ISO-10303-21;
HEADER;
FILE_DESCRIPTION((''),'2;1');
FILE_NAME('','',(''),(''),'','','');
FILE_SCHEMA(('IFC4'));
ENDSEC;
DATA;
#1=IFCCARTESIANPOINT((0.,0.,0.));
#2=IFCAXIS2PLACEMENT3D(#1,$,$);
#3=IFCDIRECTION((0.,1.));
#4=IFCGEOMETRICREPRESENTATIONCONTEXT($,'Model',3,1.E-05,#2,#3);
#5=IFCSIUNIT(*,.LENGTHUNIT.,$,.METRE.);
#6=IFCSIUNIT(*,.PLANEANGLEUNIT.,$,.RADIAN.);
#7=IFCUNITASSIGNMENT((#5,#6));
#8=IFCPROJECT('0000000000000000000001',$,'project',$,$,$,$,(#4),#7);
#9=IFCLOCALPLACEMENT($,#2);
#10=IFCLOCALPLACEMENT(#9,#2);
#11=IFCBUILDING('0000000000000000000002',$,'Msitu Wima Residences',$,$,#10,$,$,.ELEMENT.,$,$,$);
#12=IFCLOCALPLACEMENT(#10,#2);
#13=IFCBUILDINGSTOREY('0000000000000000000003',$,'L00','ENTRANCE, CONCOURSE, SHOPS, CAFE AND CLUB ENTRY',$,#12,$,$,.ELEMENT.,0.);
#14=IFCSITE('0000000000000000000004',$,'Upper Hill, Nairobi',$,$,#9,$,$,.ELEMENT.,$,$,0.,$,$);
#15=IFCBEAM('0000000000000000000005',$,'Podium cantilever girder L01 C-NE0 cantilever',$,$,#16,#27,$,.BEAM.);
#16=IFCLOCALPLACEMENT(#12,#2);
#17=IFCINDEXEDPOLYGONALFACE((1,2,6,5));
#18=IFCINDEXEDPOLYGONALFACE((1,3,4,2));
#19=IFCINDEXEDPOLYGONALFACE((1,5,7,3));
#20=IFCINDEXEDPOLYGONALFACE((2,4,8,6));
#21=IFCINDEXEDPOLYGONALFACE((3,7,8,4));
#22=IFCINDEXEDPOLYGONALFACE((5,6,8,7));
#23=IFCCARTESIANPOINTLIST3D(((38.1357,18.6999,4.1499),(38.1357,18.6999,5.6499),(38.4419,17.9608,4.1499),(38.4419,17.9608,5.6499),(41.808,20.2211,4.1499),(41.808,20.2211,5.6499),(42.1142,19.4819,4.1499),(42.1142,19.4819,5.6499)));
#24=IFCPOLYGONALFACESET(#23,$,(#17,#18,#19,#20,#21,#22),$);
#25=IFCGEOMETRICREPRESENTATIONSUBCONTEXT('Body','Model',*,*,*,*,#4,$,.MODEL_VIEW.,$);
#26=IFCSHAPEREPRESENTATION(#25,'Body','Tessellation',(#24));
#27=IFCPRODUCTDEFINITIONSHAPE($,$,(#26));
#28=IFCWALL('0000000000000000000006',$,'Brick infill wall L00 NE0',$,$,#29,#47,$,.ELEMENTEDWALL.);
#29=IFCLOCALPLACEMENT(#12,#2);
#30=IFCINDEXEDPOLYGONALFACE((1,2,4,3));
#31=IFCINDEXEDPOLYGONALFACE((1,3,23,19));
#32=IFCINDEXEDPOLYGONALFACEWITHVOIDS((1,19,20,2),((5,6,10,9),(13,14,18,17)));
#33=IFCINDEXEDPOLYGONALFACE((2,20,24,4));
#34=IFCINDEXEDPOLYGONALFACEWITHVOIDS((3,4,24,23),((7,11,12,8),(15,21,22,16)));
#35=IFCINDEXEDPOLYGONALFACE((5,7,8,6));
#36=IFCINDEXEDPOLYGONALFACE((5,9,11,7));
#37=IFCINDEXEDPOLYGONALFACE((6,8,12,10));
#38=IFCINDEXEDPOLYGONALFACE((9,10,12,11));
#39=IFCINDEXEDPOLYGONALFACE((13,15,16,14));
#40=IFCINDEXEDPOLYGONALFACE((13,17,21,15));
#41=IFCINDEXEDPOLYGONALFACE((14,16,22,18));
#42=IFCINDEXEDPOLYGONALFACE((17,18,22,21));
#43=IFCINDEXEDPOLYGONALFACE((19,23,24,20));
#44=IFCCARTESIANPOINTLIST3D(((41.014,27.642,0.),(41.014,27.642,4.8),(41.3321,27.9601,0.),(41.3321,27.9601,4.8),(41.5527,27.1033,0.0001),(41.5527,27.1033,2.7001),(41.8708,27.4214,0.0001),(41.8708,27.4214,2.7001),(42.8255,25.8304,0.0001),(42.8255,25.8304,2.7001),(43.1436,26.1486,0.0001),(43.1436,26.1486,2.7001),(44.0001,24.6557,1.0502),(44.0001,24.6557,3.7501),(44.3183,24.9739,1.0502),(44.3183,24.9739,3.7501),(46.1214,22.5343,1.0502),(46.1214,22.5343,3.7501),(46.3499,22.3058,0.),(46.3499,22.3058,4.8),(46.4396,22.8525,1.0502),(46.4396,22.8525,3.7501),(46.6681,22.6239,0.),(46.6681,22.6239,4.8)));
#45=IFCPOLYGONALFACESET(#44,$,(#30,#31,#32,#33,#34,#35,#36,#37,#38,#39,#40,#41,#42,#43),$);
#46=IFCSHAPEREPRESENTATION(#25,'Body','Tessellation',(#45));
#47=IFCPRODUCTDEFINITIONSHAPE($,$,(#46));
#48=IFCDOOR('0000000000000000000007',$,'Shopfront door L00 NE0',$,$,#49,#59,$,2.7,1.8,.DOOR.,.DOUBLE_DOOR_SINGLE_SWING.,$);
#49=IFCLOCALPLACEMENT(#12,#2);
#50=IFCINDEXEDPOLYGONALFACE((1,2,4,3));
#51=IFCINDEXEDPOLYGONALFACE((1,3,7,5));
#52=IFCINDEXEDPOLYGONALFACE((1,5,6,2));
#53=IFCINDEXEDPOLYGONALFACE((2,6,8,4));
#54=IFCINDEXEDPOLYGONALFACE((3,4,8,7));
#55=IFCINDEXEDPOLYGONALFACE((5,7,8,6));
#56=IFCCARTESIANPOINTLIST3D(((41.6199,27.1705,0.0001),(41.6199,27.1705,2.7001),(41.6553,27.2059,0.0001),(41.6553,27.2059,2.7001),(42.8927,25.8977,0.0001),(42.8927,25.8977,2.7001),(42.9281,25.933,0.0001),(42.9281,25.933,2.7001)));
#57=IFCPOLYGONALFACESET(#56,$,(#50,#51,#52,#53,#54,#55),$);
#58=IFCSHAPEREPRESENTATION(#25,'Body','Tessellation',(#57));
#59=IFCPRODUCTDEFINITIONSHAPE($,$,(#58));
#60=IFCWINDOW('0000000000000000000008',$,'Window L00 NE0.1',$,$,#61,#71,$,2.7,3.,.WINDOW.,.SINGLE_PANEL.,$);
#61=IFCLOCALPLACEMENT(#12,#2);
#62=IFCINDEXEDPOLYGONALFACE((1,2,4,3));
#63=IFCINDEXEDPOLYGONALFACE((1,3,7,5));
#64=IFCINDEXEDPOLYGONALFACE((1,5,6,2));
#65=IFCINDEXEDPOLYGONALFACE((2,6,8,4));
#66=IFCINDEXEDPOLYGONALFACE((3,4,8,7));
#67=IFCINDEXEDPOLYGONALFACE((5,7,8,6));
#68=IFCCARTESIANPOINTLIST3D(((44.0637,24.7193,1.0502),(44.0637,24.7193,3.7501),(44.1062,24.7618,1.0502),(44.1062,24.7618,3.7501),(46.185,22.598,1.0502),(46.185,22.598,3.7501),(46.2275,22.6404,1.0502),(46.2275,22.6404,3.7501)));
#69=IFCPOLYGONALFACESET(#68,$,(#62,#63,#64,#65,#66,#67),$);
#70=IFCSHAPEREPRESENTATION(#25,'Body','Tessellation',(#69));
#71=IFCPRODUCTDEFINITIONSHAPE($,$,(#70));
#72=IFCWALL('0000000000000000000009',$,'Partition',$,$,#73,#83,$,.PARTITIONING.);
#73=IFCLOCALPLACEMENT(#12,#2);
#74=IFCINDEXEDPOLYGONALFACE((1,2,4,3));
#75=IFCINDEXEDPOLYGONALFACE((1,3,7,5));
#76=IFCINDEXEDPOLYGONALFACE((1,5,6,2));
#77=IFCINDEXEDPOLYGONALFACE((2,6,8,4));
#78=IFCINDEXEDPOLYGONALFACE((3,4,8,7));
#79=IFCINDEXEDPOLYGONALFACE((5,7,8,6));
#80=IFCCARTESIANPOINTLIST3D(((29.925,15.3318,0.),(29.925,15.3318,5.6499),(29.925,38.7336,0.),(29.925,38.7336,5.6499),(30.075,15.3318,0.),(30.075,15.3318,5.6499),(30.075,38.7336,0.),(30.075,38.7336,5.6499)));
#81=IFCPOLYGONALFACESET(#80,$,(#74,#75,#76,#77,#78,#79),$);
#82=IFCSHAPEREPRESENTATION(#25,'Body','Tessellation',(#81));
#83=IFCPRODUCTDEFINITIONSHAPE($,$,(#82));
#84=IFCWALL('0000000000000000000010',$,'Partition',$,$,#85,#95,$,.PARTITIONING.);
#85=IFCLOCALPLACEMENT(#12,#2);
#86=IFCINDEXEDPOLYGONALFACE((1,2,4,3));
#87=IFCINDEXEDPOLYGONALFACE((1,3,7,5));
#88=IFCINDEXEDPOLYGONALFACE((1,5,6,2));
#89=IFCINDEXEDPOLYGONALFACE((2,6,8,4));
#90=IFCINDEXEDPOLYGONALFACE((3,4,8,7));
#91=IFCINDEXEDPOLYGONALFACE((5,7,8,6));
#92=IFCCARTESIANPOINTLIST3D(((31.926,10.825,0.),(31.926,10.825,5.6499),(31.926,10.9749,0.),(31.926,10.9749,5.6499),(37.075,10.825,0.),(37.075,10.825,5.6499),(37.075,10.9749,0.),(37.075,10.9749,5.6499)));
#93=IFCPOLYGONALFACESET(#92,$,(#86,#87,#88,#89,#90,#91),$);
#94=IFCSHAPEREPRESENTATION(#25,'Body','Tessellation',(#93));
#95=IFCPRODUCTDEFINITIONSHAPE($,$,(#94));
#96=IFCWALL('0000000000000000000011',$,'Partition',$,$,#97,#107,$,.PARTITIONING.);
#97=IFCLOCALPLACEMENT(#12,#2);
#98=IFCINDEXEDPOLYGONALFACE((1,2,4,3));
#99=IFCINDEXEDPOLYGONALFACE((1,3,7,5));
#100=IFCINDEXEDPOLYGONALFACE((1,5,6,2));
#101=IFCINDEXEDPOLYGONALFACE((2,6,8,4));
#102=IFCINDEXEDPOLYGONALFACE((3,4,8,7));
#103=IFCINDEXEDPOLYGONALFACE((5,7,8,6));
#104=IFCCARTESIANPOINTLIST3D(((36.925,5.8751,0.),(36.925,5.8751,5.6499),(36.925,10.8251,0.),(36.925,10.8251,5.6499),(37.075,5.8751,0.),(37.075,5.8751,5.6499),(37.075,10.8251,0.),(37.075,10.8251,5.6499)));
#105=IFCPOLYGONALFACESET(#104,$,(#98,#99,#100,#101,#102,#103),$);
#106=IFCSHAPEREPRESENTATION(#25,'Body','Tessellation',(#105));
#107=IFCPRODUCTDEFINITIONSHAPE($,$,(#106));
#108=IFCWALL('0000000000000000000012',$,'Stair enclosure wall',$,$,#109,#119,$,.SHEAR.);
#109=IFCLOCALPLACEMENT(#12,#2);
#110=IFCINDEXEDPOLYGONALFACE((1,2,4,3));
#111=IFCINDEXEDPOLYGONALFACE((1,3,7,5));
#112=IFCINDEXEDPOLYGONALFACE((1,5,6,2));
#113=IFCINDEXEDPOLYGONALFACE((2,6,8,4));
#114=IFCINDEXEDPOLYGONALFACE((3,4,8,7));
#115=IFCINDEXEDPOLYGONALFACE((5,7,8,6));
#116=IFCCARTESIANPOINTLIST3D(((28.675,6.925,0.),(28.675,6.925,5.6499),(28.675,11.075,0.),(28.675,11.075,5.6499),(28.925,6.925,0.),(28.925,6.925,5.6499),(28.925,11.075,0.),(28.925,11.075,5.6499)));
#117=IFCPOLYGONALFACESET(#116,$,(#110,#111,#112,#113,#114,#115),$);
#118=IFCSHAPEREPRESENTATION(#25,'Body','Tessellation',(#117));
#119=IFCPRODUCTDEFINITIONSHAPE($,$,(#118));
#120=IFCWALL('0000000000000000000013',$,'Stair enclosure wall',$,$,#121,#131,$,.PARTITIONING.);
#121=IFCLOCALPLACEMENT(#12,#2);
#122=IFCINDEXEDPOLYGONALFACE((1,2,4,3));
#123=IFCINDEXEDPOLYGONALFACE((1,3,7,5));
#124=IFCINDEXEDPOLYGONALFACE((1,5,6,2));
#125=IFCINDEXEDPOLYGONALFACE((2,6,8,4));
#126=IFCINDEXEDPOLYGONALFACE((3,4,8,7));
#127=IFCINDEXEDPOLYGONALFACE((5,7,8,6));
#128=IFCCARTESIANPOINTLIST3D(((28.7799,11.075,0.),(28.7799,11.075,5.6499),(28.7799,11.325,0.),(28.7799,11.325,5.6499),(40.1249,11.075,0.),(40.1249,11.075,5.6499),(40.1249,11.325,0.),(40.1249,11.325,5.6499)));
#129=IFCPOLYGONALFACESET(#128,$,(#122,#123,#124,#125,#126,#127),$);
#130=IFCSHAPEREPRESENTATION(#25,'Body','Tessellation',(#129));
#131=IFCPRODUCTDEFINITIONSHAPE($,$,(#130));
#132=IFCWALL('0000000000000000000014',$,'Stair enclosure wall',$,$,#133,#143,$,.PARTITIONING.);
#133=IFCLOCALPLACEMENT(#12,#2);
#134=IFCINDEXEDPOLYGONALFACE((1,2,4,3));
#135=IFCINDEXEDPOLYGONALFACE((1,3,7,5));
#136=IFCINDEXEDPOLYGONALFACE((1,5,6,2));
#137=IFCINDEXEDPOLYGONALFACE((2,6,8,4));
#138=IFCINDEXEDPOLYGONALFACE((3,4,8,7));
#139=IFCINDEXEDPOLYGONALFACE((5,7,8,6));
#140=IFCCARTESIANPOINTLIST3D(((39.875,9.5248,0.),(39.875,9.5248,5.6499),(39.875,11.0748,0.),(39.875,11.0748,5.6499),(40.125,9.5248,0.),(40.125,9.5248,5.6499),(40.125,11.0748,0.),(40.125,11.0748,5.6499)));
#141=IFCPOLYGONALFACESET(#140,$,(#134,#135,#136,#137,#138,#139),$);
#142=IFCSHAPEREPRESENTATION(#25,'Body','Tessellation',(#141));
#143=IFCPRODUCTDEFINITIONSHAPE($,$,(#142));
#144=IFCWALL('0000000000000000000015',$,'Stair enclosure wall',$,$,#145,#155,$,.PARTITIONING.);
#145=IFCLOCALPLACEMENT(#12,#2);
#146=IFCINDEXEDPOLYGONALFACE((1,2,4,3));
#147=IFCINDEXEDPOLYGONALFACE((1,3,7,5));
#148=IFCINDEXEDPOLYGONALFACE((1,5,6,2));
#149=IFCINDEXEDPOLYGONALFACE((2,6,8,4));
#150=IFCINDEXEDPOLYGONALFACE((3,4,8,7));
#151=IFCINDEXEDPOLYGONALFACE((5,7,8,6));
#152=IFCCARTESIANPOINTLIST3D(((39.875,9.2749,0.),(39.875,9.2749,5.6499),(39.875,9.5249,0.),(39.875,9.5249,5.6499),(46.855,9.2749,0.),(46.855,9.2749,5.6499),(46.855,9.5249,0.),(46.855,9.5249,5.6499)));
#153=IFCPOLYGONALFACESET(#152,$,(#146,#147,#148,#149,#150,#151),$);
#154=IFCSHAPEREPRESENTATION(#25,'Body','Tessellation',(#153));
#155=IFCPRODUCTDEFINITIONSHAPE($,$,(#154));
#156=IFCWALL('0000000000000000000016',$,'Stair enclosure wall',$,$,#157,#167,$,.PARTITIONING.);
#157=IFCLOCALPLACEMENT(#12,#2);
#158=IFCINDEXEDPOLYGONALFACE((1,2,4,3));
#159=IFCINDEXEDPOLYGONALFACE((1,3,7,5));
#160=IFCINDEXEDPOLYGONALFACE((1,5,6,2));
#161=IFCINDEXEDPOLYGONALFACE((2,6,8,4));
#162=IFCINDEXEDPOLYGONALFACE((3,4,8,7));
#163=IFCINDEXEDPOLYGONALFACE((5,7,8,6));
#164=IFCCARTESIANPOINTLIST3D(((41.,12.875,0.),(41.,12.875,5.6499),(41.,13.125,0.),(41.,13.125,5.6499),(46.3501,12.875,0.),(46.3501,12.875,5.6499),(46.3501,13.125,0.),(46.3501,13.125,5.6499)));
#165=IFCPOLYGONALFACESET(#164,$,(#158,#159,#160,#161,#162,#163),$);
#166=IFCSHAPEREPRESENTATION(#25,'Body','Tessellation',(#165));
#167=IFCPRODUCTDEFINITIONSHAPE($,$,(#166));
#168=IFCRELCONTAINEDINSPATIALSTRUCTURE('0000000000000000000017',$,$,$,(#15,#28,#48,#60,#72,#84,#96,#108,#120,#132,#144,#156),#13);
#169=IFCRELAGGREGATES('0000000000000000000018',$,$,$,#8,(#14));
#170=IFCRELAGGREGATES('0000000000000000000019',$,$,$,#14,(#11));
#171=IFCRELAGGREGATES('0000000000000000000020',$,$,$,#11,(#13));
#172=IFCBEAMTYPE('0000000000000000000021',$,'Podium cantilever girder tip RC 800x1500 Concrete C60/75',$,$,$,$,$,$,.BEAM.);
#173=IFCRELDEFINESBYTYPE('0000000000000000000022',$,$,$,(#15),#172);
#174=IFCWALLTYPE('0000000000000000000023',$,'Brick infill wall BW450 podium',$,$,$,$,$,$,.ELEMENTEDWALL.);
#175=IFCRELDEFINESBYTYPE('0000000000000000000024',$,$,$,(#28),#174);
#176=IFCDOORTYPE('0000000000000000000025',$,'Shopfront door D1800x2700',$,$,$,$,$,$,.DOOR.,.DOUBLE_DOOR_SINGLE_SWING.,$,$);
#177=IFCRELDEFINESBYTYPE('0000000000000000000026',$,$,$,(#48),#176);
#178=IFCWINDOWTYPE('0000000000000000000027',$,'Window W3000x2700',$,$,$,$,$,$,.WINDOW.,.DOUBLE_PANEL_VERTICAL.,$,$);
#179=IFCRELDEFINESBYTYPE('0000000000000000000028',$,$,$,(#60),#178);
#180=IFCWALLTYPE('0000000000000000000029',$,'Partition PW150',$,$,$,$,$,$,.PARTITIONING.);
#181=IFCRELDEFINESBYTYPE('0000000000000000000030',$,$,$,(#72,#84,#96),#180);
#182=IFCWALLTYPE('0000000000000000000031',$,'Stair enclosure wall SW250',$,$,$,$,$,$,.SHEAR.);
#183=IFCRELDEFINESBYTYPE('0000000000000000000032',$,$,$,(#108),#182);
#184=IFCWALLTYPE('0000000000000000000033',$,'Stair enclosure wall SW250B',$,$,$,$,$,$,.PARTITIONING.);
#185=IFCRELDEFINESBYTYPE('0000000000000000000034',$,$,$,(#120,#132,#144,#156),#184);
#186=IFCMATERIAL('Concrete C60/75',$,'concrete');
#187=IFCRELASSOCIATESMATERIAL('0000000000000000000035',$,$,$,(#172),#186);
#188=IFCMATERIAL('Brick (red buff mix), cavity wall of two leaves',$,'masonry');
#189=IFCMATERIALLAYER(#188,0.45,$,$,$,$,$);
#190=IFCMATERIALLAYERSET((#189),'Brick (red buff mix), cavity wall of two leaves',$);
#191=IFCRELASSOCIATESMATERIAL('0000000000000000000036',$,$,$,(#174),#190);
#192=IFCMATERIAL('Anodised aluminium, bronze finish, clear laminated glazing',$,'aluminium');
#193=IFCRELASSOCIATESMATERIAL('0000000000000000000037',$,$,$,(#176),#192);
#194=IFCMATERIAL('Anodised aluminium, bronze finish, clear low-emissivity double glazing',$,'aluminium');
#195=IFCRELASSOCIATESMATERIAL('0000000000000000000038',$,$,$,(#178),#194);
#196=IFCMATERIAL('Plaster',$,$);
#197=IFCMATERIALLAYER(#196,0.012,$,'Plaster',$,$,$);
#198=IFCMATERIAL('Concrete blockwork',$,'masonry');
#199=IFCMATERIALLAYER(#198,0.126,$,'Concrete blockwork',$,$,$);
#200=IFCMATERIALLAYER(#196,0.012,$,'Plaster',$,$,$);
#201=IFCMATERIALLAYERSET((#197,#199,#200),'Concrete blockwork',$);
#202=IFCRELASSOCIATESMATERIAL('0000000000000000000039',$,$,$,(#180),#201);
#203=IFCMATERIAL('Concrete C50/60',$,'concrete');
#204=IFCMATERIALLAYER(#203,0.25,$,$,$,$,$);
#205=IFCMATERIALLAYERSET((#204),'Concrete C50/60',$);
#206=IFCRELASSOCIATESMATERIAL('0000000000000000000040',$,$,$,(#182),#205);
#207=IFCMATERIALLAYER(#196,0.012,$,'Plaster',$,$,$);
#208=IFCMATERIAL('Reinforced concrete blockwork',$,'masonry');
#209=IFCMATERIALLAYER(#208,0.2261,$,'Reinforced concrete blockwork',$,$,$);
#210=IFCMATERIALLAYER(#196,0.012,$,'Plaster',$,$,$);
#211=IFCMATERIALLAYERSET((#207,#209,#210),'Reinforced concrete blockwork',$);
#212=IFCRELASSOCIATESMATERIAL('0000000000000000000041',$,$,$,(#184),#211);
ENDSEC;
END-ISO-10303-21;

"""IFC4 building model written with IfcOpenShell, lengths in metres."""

from ifc_helpers import new_model, si_unit, direction, frame, frame_2d, origin, origin_2d, place, context, subcontext, project, spatial, rectangle, extrude, material, layer, layer_set, material_profile, profile_set, type_object, element, fill, save


model = new_model("IFC4")

# Units and contexts
model_context = context("Model", 3, precision=1e-05, world=origin(), true_north=direction((0.0, 1.0)))
body_context = subcontext(model_context, "Body", "Model", "MODEL_VIEW")
ifc_project = project(units=[si_unit("LENGTHUNIT", "METRE"), si_unit("PLANEANGLEUNIT", "RADIAN")], contexts=[model_context])

# Site, building, storey
site_placement = place(None, origin())
site = spatial("IfcSite", under=ifc_project, at=site_placement, Name="Upper Hill, Nairobi", CompositionType="ELEMENT", RefElevation=0.0)
building_placement = place(site_placement, origin())
building = spatial("IfcBuilding", under=site, at=building_placement, Name="Msitu Wima Residences", CompositionType="ELEMENT")
storey_placement = place(building_placement, origin())
storey = spatial("IfcBuildingStorey", under=building, at=storey_placement, Name="L00", Description="ENTRANCE, CONCOURSE, SHOPS, CAFE AND CLUB ENTRY", CompositionType="ELEMENT", Elevation=0.0)

# Shared definitions
ifc_material_1 = material(Name="Concrete C60/75", Category="concrete")

# Beam
ifc_material_profile_1 = material_profile(ifc_material_1, rectangle(XDim=0.8, YDim=1.5, at=origin_2d()), Name="RC 800x1500")
ifc_profile_set_1 = profile_set([ifc_material_profile_1], Name="Concrete C60/75")
beam_type_1 = type_object("IfcBeamType", Name="Podium cantilever girder tip RC 800x1500 Concrete C60/75", PredefinedType="BEAM", material=ifc_profile_set_1)
beam_1_placement = place(storey_placement, frame((38.2888, 18.3303, 4.8999), z_axis=(0.923871, 0.382704, 0.0), x_axis=(-0.382704, 0.923871, 0.0)))
element("IfcBeam", 1, at=beam_1_placement, inside=storey, type_object=beam_type_1, Name="Podium cantilever girder L01 C-NE0 cantilever", PredefinedType="BEAM", context=body_context, shape_type="SweptSolid", body=[
    extrude(rectangle(XDim=0.8, YDim=1.5, at=origin_2d()), origin(), (0.0, 0.0, 1.0), 3.9749),
])

# Wall, openings, door, window
ifc_material_2 = material(Name="Brick (red buff mix), cavity wall of two leaves", Category="masonry")
ifc_layer_1 = layer(ifc_material_2, 0.45)
ifc_layer_set_1 = layer_set([ifc_layer_1], Name="Brick (red buff mix), cavity wall of two leaves")
wall_type_1 = type_object("IfcWallType", Name="Brick infill wall BW450 podium", PredefinedType="ELEMENTEDWALL", material=ifc_layer_set_1)
wall_1_placement = place(storey_placement, frame((46.509, 22.4648, 0.0), z_axis=(0.0, 0.0, 1.0), x_axis=(-0.707091, 0.707123, 0.0)))
wall_1 = element("IfcWall", 2, at=wall_1_placement, inside=storey, type_object=wall_type_1, Name="Brick infill wall L00 NE0", PredefinedType="ELEMENTEDWALL", context=body_context, shape_type="SweptSolid", body=[
    extrude(rectangle(XDim=7.5464, YDim=0.45, at=frame_2d((3.7732, 0.0))), origin(), (0.0, 0.0, 1.0), 4.8),
])
opening_1_placement = place(wall_1_placement, frame((0.3232, 0.0, 1.05)))
opening_1 = element("IfcOpeningElement", 3, at=opening_1_placement, cuts=wall_1, PredefinedType="OPENING", context=body_context, shape_type="SweptSolid", body=[
    extrude(rectangle(XDim=3.0, YDim=2.7, at=frame_2d((1.5, 1.3501))), frame((0.0, 0.2349, 0.0), z_axis=(0.0, -1.0, 0.0), x_axis=(1.0, 0.0, 0.0)), (0.0, 0.0, 1.0), 0.47),
])
opening_2_placement = place(wall_1_placement, frame((4.9846, 0.0, 0.0)))
opening_2 = element("IfcOpeningElement", 4, at=opening_2_placement, cuts=wall_1, PredefinedType="OPENING", context=body_context, shape_type="SweptSolid", body=[
    extrude(rectangle(XDim=1.8, YDim=2.7, at=frame_2d((0.8999, 1.3501))), frame((0.0, 0.2349, 0.0), z_axis=(0.0, -1.0, 0.0), x_axis=(1.0, 0.0, 0.0)), (0.0, 0.0, 1.0), 0.47),
])
ifc_material_3 = material(Name="Anodised aluminium, bronze finish, clear laminated glazing", Category="aluminium")
door_type = type_object("IfcDoorType", Name="Shopfront door D1800x2700", OperationType="DOUBLE_DOOR_SINGLE_SWING", PredefinedType="DOOR", material=ifc_material_3)
door_placement = place(opening_2_placement, frame((1.8, 0.0, 0.0), z_axis=(0.0, 0.0, 1.0), x_axis=(-1.0, 0.0, 0.0)))
door = element("IfcDoor", 5, at=door_placement, inside=storey, type_object=door_type, Name="Shopfront door L00 NE0", OperationType="DOUBLE_DOOR_SINGLE_SWING", OverallHeight=2.7, OverallWidth=1.8, PredefinedType="DOOR", context=body_context, shape_type="SweptSolid", body=[
    extrude(rectangle(XDim=1.8, YDim=2.7, at=frame_2d((0.9001, 1.3501))), frame((0.0, -0.0798, 0.0), z_axis=(0.0, -1.0, 0.0), x_axis=(1.0, 0.0, 0.0)), (0.0, 0.0, 1.0), 0.05),
])
fill(opening_2, door)
ifc_material_4 = material(Name="Anodised aluminium, bronze finish, clear low-emissivity double glazing", Category="aluminium")
window_type = type_object("IfcWindowType", Name="Window W3000x2700", PartitioningType="DOUBLE_PANEL_VERTICAL", PredefinedType="WINDOW", material=ifc_material_4)
window_placement = place(opening_1_placement, origin())
window = element("IfcWindow", 6, at=window_placement, inside=storey, type_object=window_type, Name="Window L00 NE0.1", OverallHeight=2.7, OverallWidth=3.0, PartitioningType="SINGLE_PANEL", PredefinedType="WINDOW", context=body_context, shape_type="SweptSolid", body=[
    extrude(rectangle(XDim=3.0, YDim=2.7, at=frame_2d((1.5, 1.3501))), frame((0.0, 0.135, 0.0), z_axis=(0.0, -1.0, 0.0), x_axis=(1.0, 0.0, 0.0)), (0.0, 0.0, 1.0), 0.0601),
])
fill(opening_1, window)

# Walls
ifc_material_5 = material(Name="Plaster")
ifc_layer_2 = layer(ifc_material_5, 0.012, Name="Plaster")
ifc_material_6 = material(Name="Concrete blockwork", Category="masonry")
ifc_layer_3 = layer(ifc_material_6, 0.126, Name="Concrete blockwork")
ifc_layer_4 = layer(ifc_material_5, 0.012, Name="Plaster")
ifc_layer_set_2 = layer_set([ifc_layer_2, ifc_layer_3, ifc_layer_4], Name="Concrete blockwork")
wall_type_2 = type_object("IfcWallType", Name="Partition PW150", PredefinedType="PARTITIONING", material=ifc_layer_set_2)
wall_2_placement = place(storey_placement, frame((30.0, 15.3318, 0.0), z_axis=(0.0, 0.0, 1.0), x_axis=(0.0, 1.0, 0.0)))
element("IfcWall", 7, at=wall_2_placement, inside=storey, type_object=wall_type_2, Name="Partition", PredefinedType="PARTITIONING", context=body_context, shape_type="SweptSolid", body=[
    extrude(rectangle(XDim=23.4019, YDim=0.1499, at=frame_2d((11.7009, 0.0))), origin(), (0.0, 0.0, 1.0), 5.6499),
])
wall_3_placement = place(storey_placement, frame((31.926, 10.8999, 0.0), z_axis=(0.0, 0.0, 1.0), x_axis=(1.0, 0.0, 0.0)))
element("IfcWall", 8, at=wall_3_placement, inside=storey, type_object=wall_type_2, Name="Partition", PredefinedType="PARTITIONING", context=body_context, shape_type="SweptSolid", body=[
    extrude(rectangle(XDim=5.1489, YDim=0.1499, at=frame_2d((2.5745, 0.0))), origin(), (0.0, 0.0, 1.0), 5.6499),
])
wall_4_placement = place(storey_placement, frame((37.0, 5.875, 0.0), z_axis=(0.0, 0.0, 1.0), x_axis=(0.0, 1.0, 0.0)))
element("IfcWall", 9, at=wall_4_placement, inside=storey, type_object=wall_type_2, Name="Partition", PredefinedType="PARTITIONING", context=body_context, shape_type="SweptSolid", body=[
    extrude(rectangle(XDim=4.95, YDim=0.1499, at=frame_2d((2.4751, 0.0))), origin(), (0.0, 0.0, 1.0), 5.6499),
])
ifc_material_7 = material(Name="Concrete C50/60", Category="concrete")
ifc_layer_5 = layer(ifc_material_7, 0.25)
ifc_layer_set_3 = layer_set([ifc_layer_5], Name="Concrete C50/60")
wall_type_3 = type_object("IfcWallType", Name="Stair enclosure wall SW250", PredefinedType="SHEAR", material=ifc_layer_set_3)
wall_5_placement = place(storey_placement, frame((28.8, 6.925, 0.0), z_axis=(0.0, 0.0, 1.0), x_axis=(0.0, 1.0, 0.0)))
element("IfcWall", 10, at=wall_5_placement, inside=storey, type_object=wall_type_3, Name="Stair enclosure wall", PredefinedType="SHEAR", context=body_context, shape_type="SweptSolid", body=[
    extrude(rectangle(XDim=4.1499, YDim=0.25, at=frame_2d((2.075, 0.0))), origin(), (0.0, 0.0, 1.0), 5.6499),
])
ifc_layer_6 = layer(ifc_material_5, 0.012, Name="Plaster")
ifc_material_8 = material(Name="Reinforced concrete blockwork", Category="masonry")
ifc_layer_7 = layer(ifc_material_8, 0.2261, Name="Reinforced concrete blockwork")
ifc_layer_8 = layer(ifc_material_5, 0.012, Name="Plaster")
ifc_layer_set_4 = layer_set([ifc_layer_6, ifc_layer_7, ifc_layer_8], Name="Reinforced concrete blockwork")
wall_type_4 = type_object("IfcWallType", Name="Stair enclosure wall SW250B", PredefinedType="PARTITIONING", material=ifc_layer_set_4)
wall_6_placement = place(storey_placement, frame((28.78, 11.2, 0.0), z_axis=(0.0, 0.0, 1.0), x_axis=(1.0, 0.0, 0.0)))
element("IfcWall", 11, at=wall_6_placement, inside=storey, type_object=wall_type_4, Name="Stair enclosure wall", PredefinedType="PARTITIONING", context=body_context, shape_type="SweptSolid", body=[
    extrude(rectangle(XDim=11.345, YDim=0.25, at=frame_2d((5.6724, 0.0))), origin(), (0.0, 0.0, 1.0), 5.6499),
])
wall_7_placement = place(storey_placement, frame((40.0, 9.5249, 0.0), z_axis=(0.0, 0.0, 1.0), x_axis=(0.0, 1.0, 0.0)))
element("IfcWall", 12, at=wall_7_placement, inside=storey, type_object=wall_type_4, Name="Stair enclosure wall", PredefinedType="PARTITIONING", context=body_context, shape_type="SweptSolid", body=[
    extrude(rectangle(XDim=1.55, YDim=0.25, at=frame_2d((0.7749, 0.0))), origin(), (0.0, 0.0, 1.0), 5.6499),
])
wall_8_placement = place(storey_placement, frame((39.875, 9.3999, 0.0), z_axis=(0.0, 0.0, 1.0), x_axis=(1.0, 0.0, 0.0)))
element("IfcWall", 13, at=wall_8_placement, inside=storey, type_object=wall_type_4, Name="Stair enclosure wall", PredefinedType="PARTITIONING", context=body_context, shape_type="SweptSolid", body=[
    extrude(rectangle(XDim=6.98, YDim=0.25, at=frame_2d((3.49, 0.0))), origin(), (0.0, 0.0, 1.0), 5.6499),
])
wall_9_placement = place(storey_placement, frame((41.0, 13.0, 0.0), z_axis=(0.0, 0.0, 1.0), x_axis=(1.0, 0.0, 0.0)))
element("IfcWall", 14, at=wall_9_placement, inside=storey, type_object=wall_type_4, Name="Stair enclosure wall", PredefinedType="PARTITIONING", context=body_context, shape_type="SweptSolid", body=[
    extrude(rectangle(XDim=5.3501, YDim=0.25, at=frame_2d((2.675, 0.0))), origin(), (0.0, 0.0, 1.0), 5.6499),
])

save(model, "model.ifc")
